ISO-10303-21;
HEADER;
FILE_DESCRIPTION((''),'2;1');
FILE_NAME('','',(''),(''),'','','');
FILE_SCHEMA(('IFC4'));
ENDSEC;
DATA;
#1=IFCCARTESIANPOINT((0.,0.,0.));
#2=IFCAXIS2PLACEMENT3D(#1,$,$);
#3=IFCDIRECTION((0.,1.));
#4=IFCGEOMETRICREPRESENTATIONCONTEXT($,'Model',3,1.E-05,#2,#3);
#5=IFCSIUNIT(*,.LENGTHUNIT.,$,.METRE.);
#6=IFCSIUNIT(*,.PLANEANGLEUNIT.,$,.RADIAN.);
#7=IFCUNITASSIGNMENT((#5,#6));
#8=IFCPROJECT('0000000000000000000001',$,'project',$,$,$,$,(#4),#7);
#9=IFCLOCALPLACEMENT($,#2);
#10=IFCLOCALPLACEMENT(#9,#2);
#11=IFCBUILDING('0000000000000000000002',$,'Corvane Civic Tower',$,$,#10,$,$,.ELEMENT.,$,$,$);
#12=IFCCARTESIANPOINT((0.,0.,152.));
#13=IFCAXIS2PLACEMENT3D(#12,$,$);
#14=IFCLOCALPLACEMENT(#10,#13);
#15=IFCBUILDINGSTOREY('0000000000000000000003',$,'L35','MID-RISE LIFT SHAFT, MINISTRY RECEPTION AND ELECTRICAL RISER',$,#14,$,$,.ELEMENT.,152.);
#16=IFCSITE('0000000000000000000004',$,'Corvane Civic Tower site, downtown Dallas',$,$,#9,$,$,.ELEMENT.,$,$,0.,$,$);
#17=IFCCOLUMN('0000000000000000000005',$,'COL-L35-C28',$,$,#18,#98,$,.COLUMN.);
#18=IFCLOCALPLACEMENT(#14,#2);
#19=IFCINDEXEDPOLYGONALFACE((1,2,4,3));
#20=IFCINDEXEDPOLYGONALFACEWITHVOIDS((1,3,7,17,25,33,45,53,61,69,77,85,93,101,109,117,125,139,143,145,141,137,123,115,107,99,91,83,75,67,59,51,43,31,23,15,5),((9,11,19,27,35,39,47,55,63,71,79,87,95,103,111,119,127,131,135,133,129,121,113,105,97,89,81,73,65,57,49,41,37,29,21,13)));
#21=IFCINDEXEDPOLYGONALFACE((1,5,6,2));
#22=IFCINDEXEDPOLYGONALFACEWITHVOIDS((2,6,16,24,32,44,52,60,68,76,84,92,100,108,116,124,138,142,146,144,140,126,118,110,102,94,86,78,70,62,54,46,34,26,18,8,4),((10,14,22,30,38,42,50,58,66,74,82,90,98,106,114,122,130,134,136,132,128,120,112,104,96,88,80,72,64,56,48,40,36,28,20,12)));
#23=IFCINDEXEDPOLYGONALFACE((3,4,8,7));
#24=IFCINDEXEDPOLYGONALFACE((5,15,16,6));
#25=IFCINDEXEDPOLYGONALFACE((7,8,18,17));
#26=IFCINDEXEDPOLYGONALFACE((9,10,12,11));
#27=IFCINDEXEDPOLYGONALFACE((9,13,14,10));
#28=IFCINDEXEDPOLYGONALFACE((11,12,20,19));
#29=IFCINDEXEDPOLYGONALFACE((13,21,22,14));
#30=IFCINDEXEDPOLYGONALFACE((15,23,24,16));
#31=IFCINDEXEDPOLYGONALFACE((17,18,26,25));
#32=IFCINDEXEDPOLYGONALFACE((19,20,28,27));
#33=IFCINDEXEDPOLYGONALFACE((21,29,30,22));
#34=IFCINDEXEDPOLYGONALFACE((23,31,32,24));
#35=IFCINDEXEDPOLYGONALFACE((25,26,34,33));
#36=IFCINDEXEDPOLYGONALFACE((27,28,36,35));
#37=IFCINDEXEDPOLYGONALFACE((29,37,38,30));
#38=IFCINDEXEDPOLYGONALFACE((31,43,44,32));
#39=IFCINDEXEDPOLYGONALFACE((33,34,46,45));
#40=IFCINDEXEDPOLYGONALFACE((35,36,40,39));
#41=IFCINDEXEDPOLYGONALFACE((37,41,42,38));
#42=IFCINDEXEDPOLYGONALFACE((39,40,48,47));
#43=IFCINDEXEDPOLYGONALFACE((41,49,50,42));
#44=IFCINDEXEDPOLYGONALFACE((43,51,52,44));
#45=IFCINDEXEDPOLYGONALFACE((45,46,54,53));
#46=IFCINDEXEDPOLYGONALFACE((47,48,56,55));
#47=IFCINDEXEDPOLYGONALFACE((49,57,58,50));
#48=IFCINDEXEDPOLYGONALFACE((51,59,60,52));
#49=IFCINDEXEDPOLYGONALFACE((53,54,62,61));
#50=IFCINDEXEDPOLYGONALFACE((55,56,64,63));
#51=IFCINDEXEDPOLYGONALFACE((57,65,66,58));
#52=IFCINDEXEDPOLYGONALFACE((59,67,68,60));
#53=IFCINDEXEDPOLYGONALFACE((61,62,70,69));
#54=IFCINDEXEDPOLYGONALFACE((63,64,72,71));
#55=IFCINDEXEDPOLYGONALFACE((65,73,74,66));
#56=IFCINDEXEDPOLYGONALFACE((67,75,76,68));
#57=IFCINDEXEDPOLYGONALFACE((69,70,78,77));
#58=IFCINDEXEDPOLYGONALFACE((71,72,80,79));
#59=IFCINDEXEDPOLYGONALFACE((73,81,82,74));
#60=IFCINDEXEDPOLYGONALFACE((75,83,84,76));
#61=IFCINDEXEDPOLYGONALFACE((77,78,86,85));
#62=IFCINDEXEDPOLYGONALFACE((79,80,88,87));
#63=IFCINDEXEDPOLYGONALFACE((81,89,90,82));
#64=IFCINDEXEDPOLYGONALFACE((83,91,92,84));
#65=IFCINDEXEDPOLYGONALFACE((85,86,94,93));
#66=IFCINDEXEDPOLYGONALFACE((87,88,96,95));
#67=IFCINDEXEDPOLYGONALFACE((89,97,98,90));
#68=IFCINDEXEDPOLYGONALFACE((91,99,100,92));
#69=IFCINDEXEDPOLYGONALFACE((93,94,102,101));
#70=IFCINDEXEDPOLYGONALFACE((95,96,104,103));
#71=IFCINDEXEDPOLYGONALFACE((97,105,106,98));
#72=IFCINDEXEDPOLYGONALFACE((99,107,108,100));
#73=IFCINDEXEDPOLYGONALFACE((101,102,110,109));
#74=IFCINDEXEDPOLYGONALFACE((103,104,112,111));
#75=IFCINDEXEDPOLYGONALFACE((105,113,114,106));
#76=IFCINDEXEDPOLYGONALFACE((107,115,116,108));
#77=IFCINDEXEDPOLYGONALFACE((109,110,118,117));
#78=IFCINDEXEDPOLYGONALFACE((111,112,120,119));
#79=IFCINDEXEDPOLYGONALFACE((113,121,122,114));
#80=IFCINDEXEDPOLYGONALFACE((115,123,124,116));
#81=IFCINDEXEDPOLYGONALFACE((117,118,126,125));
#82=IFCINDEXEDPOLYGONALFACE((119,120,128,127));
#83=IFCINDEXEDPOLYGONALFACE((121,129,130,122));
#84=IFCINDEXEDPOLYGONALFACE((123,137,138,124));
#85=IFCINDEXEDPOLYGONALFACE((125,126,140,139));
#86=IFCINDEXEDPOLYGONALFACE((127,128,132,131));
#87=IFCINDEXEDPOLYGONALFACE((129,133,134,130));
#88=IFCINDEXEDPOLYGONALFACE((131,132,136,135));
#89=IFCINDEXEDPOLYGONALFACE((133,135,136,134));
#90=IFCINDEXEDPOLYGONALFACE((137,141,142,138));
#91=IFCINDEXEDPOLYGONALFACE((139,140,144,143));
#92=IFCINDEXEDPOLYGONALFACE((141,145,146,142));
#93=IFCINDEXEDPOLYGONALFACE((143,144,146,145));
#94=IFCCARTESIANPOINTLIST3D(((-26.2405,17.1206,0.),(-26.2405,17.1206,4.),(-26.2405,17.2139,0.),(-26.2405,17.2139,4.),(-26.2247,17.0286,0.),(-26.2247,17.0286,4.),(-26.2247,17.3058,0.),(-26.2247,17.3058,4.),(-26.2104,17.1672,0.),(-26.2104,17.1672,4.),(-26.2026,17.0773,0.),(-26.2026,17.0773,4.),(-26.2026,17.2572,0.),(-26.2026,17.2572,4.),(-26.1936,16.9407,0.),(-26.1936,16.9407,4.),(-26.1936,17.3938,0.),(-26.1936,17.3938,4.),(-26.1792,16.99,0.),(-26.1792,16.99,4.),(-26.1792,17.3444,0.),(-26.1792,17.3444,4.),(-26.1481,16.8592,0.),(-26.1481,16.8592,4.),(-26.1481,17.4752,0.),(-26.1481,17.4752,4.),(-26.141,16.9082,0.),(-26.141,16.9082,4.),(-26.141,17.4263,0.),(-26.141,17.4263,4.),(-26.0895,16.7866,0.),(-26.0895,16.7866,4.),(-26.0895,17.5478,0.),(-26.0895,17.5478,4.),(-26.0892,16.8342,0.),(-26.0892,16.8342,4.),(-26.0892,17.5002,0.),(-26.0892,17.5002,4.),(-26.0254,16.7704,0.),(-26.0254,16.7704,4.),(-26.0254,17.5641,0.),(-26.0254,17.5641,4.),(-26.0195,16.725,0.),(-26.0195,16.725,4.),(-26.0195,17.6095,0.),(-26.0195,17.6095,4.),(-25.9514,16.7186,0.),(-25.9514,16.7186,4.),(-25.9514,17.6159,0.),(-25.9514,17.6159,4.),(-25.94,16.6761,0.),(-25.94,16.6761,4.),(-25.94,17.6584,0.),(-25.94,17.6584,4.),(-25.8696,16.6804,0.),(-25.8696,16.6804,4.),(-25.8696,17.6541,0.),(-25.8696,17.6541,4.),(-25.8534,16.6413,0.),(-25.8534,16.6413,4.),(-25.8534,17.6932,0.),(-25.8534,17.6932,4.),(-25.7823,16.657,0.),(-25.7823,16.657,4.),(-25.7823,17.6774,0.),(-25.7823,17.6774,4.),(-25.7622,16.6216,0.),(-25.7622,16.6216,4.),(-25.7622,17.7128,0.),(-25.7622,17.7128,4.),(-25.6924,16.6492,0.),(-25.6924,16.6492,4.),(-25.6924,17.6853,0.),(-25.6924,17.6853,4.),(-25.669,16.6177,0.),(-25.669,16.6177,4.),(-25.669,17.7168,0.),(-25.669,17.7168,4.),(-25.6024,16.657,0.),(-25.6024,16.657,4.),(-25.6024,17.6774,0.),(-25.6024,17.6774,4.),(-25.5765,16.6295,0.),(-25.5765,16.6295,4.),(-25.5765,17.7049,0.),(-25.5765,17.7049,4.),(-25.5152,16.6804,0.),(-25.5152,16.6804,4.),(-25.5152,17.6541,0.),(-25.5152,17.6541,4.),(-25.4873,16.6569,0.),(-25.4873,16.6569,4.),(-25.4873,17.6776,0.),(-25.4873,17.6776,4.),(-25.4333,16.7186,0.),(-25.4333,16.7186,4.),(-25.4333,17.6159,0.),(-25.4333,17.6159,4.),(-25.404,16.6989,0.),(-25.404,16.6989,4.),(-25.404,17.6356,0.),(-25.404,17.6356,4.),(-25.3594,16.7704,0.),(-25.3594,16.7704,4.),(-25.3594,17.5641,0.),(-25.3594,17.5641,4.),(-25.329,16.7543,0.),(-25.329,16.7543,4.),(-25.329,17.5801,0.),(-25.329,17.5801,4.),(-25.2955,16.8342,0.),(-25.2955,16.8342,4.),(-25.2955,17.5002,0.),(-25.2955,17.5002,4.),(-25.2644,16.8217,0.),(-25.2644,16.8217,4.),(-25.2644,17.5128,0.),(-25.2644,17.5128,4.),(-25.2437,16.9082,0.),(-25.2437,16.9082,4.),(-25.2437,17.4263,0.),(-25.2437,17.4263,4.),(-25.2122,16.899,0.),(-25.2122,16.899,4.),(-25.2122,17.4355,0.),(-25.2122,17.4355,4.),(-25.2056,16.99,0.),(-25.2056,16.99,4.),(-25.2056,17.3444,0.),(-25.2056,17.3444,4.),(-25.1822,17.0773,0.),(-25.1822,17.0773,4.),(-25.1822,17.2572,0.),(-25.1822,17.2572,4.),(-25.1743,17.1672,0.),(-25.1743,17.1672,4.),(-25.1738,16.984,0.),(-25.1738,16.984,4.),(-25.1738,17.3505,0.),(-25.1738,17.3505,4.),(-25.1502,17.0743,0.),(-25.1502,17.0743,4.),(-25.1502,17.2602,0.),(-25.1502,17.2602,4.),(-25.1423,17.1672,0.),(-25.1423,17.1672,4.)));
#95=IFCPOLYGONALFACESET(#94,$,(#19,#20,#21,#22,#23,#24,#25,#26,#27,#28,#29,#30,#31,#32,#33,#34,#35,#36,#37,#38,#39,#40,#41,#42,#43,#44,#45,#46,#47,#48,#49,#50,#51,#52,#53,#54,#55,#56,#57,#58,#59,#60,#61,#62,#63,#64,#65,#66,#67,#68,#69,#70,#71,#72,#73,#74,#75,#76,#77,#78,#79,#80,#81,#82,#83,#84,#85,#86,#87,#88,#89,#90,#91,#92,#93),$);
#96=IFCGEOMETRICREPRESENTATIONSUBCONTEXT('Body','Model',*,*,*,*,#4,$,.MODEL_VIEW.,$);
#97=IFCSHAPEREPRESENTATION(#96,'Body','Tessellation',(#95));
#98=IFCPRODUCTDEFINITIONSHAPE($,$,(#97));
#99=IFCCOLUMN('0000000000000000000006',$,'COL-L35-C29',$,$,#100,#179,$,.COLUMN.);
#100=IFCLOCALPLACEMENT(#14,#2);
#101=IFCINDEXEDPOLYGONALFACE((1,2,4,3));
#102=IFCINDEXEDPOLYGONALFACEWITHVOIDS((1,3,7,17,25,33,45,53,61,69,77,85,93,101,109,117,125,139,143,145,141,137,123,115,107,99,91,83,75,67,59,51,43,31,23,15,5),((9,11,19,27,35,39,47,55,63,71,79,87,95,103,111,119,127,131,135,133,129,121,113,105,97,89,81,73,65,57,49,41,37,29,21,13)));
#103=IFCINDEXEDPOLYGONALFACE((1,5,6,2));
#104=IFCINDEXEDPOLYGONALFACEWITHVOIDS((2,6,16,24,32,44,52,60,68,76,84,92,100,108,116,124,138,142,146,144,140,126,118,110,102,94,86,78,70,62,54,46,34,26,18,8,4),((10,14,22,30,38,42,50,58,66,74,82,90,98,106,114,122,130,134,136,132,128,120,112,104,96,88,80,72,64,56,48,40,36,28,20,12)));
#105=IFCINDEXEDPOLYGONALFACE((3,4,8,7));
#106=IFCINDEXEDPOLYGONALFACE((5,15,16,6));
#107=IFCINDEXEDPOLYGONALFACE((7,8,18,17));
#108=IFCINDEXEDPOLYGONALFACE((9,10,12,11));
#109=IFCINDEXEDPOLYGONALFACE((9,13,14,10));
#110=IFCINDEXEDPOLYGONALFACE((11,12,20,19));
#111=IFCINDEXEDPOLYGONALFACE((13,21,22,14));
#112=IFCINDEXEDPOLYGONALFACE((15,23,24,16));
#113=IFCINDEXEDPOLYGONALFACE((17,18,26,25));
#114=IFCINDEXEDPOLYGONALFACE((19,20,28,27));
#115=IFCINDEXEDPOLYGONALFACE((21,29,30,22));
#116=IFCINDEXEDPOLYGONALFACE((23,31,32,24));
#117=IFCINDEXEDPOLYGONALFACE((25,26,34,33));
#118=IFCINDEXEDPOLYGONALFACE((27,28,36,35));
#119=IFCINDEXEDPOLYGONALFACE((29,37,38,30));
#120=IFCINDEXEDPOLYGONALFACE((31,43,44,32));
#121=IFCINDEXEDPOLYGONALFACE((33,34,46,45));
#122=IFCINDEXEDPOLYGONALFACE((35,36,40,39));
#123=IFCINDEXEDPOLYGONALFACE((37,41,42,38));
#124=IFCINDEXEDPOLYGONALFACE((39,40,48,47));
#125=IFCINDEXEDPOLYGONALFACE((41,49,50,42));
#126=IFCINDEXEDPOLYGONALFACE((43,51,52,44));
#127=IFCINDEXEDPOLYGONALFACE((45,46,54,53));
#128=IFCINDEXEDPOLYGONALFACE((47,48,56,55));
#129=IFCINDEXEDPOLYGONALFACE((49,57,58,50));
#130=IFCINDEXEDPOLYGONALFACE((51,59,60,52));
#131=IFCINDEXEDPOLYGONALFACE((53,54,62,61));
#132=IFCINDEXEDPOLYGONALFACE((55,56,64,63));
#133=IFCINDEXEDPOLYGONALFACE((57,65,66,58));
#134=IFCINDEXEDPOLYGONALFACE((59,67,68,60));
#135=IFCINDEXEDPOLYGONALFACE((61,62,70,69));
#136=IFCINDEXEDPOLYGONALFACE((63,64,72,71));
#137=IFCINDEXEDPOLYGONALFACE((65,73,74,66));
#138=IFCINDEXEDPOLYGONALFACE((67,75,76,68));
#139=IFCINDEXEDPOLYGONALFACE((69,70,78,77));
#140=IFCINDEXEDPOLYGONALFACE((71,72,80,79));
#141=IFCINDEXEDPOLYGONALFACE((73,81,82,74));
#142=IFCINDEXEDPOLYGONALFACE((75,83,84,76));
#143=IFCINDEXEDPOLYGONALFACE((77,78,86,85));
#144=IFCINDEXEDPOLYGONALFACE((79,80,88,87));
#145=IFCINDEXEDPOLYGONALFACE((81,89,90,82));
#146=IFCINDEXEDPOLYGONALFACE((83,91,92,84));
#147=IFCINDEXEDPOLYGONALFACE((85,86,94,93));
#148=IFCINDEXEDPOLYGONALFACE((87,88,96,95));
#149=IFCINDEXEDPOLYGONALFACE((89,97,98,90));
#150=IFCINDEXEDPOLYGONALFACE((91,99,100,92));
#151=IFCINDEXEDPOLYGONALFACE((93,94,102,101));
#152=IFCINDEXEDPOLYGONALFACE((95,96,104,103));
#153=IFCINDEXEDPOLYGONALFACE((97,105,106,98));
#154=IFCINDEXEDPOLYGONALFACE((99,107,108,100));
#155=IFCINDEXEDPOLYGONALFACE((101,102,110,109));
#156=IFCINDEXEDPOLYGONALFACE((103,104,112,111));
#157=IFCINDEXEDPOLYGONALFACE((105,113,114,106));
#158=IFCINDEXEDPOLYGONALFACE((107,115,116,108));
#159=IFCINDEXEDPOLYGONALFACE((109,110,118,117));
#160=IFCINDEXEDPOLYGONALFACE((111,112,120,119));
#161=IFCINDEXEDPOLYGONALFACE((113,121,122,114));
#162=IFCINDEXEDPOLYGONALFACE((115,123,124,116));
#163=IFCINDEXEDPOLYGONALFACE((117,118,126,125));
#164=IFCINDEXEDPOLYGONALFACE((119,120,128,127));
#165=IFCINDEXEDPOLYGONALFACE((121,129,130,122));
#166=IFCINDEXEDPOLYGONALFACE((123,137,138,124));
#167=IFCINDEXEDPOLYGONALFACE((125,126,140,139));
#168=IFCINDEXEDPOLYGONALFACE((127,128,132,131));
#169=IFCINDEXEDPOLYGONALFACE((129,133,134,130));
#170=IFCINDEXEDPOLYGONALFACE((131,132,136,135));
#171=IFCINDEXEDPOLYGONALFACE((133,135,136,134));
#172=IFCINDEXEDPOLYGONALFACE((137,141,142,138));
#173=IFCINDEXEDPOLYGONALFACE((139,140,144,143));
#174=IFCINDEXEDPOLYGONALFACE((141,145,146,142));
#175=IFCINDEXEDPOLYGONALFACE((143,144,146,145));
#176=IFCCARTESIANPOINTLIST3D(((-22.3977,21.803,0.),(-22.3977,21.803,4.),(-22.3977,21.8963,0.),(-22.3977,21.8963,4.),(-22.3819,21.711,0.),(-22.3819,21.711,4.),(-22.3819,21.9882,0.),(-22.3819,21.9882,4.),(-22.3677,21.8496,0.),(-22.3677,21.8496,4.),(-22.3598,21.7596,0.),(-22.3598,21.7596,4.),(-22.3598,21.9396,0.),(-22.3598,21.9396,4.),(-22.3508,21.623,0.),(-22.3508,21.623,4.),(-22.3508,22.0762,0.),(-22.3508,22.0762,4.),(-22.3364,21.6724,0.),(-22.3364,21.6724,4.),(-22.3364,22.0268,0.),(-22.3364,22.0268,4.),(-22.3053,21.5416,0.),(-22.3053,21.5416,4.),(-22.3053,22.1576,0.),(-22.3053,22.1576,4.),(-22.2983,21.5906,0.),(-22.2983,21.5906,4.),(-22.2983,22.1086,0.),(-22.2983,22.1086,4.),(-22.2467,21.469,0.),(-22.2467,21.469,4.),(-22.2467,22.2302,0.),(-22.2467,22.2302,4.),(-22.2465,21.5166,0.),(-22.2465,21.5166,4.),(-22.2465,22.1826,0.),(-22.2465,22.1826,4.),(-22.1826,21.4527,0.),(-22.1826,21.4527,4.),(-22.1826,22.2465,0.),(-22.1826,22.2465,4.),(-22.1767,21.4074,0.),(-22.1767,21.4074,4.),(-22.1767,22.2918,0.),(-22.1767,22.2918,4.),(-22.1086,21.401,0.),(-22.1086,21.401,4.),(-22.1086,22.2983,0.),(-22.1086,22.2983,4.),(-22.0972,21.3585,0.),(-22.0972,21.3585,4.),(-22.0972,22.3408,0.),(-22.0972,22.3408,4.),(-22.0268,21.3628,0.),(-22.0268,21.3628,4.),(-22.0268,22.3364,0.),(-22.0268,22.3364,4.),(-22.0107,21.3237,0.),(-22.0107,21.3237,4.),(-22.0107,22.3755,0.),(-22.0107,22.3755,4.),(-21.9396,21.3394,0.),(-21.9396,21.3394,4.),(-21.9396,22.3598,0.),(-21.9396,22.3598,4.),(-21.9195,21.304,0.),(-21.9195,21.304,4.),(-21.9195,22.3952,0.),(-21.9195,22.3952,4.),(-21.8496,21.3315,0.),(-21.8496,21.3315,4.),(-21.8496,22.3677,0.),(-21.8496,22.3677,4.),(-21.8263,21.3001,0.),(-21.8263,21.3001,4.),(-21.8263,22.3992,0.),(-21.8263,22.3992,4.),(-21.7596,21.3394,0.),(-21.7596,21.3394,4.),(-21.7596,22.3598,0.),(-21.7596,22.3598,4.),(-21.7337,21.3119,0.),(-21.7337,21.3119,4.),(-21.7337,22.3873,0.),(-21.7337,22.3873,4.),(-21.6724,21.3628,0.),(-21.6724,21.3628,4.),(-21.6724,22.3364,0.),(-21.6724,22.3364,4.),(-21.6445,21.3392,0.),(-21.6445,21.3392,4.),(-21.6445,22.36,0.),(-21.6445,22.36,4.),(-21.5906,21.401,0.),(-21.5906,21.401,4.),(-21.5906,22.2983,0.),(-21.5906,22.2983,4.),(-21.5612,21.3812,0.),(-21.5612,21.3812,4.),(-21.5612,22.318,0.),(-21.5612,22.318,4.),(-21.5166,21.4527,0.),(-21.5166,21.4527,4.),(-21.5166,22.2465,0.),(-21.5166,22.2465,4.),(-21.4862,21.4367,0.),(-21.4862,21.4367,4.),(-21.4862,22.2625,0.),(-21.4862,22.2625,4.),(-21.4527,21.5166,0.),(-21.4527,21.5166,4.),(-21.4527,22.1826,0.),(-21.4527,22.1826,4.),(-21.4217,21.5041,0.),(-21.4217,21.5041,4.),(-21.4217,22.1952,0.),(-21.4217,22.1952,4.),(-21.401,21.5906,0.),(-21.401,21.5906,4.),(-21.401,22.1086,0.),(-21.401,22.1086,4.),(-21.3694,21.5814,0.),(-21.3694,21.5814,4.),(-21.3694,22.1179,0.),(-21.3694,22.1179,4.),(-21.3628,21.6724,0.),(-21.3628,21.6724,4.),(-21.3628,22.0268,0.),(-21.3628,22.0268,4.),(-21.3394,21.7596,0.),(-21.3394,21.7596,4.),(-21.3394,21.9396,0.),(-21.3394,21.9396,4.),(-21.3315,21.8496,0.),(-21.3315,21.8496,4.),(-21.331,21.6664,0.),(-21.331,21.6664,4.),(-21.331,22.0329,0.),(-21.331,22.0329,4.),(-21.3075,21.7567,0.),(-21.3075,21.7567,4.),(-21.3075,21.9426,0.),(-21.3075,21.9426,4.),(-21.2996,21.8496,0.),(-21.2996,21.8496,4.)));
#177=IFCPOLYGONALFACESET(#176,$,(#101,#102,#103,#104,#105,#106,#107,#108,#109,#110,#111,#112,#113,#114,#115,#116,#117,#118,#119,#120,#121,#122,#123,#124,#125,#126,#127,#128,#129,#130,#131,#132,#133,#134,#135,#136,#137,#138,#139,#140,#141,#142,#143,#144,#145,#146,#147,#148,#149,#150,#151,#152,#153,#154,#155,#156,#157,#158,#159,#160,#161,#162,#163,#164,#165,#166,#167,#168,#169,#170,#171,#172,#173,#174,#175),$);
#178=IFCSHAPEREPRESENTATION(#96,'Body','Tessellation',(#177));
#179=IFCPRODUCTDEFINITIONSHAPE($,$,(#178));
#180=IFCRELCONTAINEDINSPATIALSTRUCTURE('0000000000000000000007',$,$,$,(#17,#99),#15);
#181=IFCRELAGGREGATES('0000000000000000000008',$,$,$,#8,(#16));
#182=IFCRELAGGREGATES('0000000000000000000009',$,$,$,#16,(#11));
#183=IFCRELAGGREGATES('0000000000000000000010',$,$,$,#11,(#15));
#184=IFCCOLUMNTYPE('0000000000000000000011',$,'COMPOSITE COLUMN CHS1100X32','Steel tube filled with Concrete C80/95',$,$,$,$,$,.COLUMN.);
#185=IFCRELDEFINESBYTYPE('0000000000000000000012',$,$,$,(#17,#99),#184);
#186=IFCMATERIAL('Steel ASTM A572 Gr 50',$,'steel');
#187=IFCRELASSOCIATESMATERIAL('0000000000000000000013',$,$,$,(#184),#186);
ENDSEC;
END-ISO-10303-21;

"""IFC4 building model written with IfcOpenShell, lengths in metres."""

from ifc_helpers import new_model, si_unit, direction, frame, origin, origin_2d, place, context, subcontext, project, spatial, hollow_circle, extrude, material, material_profile, profile_set, type_object, element, save


model = new_model("IFC4")

# Units and contexts
model_context = context("Model", 3, precision=1e-05, world=origin(), true_north=direction((0.0, 1.0)))
body_context = subcontext(model_context, "Body", "Model", "MODEL_VIEW")
ifc_project = project(units=[si_unit("LENGTHUNIT", "METRE"), si_unit("PLANEANGLEUNIT", "RADIAN")], contexts=[model_context])

# Site, building, storey
site_placement = place(None, origin())
site = spatial("IfcSite", under=ifc_project, at=site_placement, Name="Corvane Civic Tower site, downtown Dallas", CompositionType="ELEMENT", RefElevation=0.0)
building_placement = place(site_placement, origin())
building = spatial("IfcBuilding", under=site, at=building_placement, Name="Corvane Civic Tower", CompositionType="ELEMENT")
storey_placement = place(building_placement, frame((0.0, 0.0, 152.0)))
storey = spatial("IfcBuildingStorey", under=building, at=storey_placement, Name="L35", Description="MID-RISE LIFT SHAFT, MINISTRY RECEPTION AND ELECTRICAL RISER", CompositionType="ELEMENT", Elevation=152.0)

# Columns
ifc_material_1 = material(Name="Steel ASTM A572 Gr 50", Category="steel")
ifc_material_profile_1 = material_profile(ifc_material_1, hollow_circle(Radius=0.55, WallThickness=0.032, at=origin_2d()), Name="CHS1100X32")
ifc_profile_set_1 = profile_set([ifc_material_profile_1], Name="Steel ASTM A572 Gr 50")
column_type = type_object("IfcColumnType", Name="COMPOSITE COLUMN CHS1100X32", Description="Steel tube filled with Concrete C80/95", PredefinedType="COLUMN", material=ifc_profile_set_1)
for number, where, z_axis, x_axis, name in (
    (1, (-25.6924, 17.1672, 0.0), (0.0, 0.0, 1.0), (1.0, 0.0, 0.0), "COL-L35-C28"),
    (2, (-21.8496, 21.8496, 0.0), (0.0, 0.0, 1.0), (1.0, 0.0, 0.0), "COL-L35-C29"),
):
    element("IfcColumn", number, at=place(storey_placement, frame(where, z_axis=z_axis, x_axis=x_axis)), inside=storey, type_object=column_type, Name=name, PredefinedType="COLUMN", context=body_context, shape_type="SweptSolid", body=[
        extrude(hollow_circle(Radius=0.55, WallThickness=0.032, at=origin_2d()), origin(), (0.0, 0.0, 1.0), 4.0),
    ])

save(model, "model.ifc")
